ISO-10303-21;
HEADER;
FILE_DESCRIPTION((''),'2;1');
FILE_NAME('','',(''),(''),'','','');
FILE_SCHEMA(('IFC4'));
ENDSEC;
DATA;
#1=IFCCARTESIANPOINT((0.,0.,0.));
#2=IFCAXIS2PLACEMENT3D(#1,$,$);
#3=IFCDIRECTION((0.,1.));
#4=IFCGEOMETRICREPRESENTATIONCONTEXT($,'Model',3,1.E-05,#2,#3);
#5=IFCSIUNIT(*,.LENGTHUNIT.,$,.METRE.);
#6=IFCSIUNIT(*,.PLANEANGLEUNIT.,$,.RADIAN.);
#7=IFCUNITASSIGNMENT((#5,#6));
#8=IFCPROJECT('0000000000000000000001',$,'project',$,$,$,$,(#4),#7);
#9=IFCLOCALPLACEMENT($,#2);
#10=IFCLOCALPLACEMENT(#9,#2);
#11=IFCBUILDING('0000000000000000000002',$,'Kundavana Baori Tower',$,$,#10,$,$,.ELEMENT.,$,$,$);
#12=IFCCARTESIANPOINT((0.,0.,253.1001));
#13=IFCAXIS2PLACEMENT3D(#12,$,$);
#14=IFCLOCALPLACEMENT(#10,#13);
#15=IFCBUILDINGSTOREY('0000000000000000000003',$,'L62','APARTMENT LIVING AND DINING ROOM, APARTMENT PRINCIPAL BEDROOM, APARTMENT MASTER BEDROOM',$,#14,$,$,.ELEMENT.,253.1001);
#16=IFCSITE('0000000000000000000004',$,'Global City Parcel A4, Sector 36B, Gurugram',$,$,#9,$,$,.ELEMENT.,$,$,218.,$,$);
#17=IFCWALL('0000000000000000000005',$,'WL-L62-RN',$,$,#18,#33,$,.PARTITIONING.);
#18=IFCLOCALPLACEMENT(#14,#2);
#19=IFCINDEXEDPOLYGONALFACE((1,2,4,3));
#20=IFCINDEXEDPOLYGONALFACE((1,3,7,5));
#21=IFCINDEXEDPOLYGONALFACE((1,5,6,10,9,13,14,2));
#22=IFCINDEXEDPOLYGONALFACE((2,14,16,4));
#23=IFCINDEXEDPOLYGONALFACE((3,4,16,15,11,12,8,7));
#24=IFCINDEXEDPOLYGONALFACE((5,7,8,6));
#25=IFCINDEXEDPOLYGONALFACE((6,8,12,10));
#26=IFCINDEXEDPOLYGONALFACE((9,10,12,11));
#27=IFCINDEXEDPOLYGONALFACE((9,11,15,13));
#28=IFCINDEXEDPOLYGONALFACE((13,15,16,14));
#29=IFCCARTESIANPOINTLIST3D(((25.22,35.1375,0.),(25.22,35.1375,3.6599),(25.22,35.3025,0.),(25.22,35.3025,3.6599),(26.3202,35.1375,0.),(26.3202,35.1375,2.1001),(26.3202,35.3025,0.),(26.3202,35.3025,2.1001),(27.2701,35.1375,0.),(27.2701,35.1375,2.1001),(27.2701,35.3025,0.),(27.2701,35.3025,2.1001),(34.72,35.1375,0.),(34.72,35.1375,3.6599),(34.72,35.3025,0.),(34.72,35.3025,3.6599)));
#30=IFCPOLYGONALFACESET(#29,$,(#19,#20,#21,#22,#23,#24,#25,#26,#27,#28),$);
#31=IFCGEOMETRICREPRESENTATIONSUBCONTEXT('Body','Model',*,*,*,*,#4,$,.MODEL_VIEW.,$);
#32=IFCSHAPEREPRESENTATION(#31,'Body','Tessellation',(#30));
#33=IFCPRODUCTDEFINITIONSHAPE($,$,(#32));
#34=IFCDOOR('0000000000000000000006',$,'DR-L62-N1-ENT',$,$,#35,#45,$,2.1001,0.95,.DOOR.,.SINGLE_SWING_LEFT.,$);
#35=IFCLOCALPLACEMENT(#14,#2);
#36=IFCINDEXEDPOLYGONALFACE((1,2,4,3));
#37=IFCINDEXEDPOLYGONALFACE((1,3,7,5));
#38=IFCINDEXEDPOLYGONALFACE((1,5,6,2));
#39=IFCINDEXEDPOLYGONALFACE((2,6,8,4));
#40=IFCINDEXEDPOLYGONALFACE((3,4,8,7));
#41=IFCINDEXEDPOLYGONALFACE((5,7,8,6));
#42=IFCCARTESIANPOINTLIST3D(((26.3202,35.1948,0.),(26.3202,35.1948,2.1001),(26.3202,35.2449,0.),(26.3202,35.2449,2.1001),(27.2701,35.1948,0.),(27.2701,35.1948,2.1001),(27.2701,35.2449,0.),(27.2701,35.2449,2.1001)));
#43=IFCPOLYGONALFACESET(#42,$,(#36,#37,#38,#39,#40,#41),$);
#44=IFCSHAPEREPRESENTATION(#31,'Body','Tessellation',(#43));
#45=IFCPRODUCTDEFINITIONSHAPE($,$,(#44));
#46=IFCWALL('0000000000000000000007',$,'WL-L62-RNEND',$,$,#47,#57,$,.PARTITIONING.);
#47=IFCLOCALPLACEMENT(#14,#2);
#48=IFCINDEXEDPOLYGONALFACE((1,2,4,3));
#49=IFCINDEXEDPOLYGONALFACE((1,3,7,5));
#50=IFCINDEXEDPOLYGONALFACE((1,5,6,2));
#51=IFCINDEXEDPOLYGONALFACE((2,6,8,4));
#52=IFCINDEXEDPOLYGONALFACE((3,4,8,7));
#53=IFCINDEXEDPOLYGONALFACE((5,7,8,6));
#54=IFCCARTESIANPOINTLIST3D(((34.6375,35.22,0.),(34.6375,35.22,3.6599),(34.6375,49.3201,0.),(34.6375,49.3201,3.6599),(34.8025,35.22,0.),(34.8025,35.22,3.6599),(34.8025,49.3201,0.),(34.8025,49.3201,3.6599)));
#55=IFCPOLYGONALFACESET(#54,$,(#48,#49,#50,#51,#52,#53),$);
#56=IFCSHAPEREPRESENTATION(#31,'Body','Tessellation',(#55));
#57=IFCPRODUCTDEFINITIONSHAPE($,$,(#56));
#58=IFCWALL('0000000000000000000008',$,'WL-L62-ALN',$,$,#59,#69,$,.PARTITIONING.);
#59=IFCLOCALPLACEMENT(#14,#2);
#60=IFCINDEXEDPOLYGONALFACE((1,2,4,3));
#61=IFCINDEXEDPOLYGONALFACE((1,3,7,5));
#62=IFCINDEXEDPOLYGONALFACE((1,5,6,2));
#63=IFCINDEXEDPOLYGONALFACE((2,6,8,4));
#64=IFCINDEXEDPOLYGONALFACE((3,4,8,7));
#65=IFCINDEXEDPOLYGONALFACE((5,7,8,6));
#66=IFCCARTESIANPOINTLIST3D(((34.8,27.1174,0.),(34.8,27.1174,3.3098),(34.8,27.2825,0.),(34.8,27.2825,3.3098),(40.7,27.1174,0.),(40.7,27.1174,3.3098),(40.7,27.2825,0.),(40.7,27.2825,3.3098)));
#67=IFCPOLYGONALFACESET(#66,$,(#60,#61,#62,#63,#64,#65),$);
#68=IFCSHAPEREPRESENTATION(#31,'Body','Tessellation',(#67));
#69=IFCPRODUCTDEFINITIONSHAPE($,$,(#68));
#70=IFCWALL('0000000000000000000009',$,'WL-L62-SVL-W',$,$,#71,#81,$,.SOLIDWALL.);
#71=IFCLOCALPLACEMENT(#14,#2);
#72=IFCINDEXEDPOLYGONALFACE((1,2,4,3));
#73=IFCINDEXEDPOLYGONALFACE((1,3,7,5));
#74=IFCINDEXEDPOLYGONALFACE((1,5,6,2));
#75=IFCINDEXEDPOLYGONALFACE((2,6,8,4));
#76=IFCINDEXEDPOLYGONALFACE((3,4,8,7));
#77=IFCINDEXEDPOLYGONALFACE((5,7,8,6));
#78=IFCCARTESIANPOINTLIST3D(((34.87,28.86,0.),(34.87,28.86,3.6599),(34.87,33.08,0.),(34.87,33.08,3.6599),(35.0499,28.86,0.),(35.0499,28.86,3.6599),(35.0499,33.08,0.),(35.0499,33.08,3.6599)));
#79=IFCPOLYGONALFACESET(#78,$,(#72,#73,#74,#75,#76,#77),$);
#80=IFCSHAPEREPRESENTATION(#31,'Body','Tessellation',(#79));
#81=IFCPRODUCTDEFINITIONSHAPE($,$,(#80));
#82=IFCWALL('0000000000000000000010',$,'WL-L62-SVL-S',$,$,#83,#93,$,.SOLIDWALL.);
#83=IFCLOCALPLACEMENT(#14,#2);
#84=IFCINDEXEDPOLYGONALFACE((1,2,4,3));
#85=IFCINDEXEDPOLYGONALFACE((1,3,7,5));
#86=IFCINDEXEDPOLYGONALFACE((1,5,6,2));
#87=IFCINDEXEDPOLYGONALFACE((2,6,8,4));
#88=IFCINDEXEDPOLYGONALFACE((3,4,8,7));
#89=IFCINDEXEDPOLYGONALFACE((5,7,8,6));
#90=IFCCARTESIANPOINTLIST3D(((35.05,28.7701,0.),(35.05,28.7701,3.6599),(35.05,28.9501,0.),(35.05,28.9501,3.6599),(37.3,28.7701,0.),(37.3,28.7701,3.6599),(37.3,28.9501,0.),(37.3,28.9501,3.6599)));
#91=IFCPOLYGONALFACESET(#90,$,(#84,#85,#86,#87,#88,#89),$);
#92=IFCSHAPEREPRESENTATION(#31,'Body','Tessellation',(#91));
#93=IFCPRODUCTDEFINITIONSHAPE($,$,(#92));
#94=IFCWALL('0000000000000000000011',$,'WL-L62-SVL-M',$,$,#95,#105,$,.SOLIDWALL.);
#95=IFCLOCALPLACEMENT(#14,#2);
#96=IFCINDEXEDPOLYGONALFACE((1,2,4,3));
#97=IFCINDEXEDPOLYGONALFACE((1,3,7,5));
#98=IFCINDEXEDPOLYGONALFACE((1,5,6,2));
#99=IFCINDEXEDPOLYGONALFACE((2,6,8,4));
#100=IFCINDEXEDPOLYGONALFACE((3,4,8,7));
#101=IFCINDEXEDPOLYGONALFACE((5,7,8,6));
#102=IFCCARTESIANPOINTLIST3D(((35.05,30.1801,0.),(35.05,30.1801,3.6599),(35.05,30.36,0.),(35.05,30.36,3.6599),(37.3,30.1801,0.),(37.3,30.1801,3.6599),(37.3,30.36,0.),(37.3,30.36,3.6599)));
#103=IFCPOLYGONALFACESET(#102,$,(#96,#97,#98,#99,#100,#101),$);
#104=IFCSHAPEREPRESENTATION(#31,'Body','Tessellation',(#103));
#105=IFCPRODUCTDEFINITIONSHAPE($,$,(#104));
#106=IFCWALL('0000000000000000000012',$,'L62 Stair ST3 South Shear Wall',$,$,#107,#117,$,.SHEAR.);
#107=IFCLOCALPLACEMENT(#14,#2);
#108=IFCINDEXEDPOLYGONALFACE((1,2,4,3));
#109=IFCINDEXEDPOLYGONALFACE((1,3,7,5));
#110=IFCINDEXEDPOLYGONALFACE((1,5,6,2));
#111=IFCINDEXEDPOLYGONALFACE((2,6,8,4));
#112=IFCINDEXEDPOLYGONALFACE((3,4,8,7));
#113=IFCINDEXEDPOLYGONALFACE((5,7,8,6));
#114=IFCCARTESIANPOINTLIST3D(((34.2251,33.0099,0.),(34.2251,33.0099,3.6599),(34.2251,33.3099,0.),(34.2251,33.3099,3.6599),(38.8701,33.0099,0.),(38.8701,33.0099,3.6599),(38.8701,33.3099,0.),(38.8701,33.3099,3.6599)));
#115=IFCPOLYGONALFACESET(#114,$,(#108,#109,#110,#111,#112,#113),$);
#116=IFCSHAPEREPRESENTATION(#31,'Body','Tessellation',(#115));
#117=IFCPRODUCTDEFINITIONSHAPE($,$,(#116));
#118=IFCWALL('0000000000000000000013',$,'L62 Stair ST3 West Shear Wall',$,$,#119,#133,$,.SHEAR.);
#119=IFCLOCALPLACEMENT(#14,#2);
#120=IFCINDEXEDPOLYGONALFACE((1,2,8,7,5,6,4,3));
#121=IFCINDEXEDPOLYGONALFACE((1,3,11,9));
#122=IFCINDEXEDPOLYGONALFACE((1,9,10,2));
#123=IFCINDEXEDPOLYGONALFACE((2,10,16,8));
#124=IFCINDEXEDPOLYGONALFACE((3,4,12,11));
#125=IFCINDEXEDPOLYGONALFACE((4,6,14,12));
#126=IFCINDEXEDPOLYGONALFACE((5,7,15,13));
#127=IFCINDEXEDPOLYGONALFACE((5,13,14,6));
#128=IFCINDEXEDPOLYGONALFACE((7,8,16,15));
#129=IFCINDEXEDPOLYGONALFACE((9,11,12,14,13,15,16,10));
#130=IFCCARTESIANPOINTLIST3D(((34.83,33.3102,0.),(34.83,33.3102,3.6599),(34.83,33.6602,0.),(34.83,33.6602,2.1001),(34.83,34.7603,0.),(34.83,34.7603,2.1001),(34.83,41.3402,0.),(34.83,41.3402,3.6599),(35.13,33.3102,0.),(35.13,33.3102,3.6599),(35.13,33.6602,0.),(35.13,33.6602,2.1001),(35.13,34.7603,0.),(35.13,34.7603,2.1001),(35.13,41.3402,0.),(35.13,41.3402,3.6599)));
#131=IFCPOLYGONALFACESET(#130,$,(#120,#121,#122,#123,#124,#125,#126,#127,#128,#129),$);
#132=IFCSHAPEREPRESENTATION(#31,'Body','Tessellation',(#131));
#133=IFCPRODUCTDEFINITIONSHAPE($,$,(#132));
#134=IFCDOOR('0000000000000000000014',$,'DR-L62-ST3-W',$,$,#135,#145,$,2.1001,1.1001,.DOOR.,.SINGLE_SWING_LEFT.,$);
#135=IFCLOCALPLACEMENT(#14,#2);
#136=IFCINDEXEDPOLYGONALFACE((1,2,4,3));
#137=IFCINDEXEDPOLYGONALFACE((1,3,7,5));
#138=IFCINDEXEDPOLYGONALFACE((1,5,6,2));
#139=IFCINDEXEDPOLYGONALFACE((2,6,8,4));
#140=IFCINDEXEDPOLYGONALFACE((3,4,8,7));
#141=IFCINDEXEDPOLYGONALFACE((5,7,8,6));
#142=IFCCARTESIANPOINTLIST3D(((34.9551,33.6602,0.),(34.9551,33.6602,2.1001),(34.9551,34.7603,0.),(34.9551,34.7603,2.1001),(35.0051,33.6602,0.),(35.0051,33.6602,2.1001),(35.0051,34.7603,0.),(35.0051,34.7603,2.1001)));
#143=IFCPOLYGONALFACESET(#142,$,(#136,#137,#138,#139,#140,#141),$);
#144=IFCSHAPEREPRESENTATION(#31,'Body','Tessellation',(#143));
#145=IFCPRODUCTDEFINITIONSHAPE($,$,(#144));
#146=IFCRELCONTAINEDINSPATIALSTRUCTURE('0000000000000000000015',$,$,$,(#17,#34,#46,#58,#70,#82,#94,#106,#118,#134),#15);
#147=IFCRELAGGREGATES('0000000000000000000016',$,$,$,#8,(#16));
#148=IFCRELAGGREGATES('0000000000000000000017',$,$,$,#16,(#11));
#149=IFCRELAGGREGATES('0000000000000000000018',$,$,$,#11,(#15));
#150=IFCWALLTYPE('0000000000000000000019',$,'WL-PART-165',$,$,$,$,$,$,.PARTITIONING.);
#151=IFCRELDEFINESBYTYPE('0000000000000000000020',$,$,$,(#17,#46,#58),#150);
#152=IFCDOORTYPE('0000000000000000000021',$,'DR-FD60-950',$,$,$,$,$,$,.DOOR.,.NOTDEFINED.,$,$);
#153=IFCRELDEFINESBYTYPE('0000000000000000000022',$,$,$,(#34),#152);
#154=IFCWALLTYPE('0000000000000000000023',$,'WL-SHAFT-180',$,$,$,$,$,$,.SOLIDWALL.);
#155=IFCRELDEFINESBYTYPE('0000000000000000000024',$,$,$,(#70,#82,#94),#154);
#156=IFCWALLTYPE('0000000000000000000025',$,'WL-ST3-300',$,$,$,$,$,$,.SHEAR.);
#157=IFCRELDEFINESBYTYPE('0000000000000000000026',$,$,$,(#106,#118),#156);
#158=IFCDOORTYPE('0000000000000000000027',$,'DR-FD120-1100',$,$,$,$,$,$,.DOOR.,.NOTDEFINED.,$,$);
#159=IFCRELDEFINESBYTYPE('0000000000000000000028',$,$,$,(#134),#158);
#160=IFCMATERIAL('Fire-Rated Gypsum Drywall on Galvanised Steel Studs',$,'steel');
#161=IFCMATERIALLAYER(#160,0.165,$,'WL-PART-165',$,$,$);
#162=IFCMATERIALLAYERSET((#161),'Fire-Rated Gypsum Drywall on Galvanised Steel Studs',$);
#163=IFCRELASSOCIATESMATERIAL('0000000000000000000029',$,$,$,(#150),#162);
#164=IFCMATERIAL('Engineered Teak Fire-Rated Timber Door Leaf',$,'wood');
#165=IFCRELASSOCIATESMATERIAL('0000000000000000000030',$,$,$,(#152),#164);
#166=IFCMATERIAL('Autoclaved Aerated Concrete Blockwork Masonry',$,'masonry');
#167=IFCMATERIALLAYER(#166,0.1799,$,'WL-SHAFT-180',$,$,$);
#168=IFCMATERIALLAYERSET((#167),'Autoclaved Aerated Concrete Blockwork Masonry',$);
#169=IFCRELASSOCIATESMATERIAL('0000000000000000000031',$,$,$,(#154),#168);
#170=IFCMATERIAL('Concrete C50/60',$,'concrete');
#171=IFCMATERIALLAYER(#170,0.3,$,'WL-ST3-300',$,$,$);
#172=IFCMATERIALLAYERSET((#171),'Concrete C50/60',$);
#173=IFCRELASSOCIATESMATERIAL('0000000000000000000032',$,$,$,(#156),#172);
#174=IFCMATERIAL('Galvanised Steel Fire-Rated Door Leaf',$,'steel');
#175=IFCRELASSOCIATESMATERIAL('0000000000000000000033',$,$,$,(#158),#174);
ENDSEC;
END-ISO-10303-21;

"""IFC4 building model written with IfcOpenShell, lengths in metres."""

from ifc_helpers import new_model, si_unit, direction, frame, frame_2d, origin, place, context, subcontext, project, spatial, rectangle, extrude, material, layer, layer_set, type_object, element, fill, save


model = new_model("IFC4")

# Units and contexts
model_context = context("Model", 3, precision=1e-05, world=origin(), true_north=direction((0.0, 1.0)))
body_context = subcontext(model_context, "Body", "Model", "MODEL_VIEW")
ifc_project = project(units=[si_unit("LENGTHUNIT", "METRE"), si_unit("PLANEANGLEUNIT", "RADIAN")], contexts=[model_context])

# Site, building, storey
site_placement = place(None, origin())
site = spatial("IfcSite", under=ifc_project, at=site_placement, Name="Global City Parcel A4, Sector 36B, Gurugram", CompositionType="ELEMENT", RefElevation=218.0)
building_placement = place(site_placement, origin())
building = spatial("IfcBuilding", under=site, at=building_placement, Name="Kundavana Baori Tower", CompositionType="ELEMENT")
storey_placement = place(building_placement, frame((0.0, 0.0, 253.1001)))
storey = spatial("IfcBuildingStorey", under=building, at=storey_placement, Name="L62", Description="APARTMENT LIVING AND DINING ROOM, APARTMENT PRINCIPAL BEDROOM, APARTMENT MASTER BEDROOM", CompositionType="ELEMENT", Elevation=253.1001)

# Wall, opening, door
ifc_material_1 = material(Name="Fire-Rated Gypsum Drywall on Galvanised Steel Studs", Category="steel")
ifc_layer_1 = layer(ifc_material_1, 0.165, Name="WL-PART-165")
ifc_layer_set_1 = layer_set([ifc_layer_1], Name="Fire-Rated Gypsum Drywall on Galvanised Steel Studs")
wall_type_1 = type_object("IfcWallType", Name="WL-PART-165", PredefinedType="PARTITIONING", material=ifc_layer_set_1)
wall_1_placement = place(storey_placement, frame((25.22, 35.22, 0.0), z_axis=(0.0, 0.0, 1.0), x_axis=(1.0, 0.0, 0.0)))
wall_1 = element("IfcWall", 1, at=wall_1_placement, inside=storey, type_object=wall_type_1, Name="WL-L62-RN", PredefinedType="PARTITIONING", context=body_context, shape_type="SweptSolid", body=[
    extrude(rectangle(XDim=9.5, YDim=0.165, at=frame_2d((4.75, 0.0))), origin(), (0.0, 0.0, 1.0), 3.6599),
])
opening_1_placement = place(wall_1_placement, frame((1.1001, 0.0, 0.0)))
opening_1 = element("IfcOpeningElement", 2, at=opening_1_placement, cuts=wall_1, PredefinedType="OPENING", context=body_context, shape_type="SweptSolid", body=[
    extrude(rectangle(XDim=0.95, YDim=2.1001, at=frame_2d((0.4751, 1.05))), frame((0.0, 0.0925, 0.0), z_axis=(0.0, -1.0, 0.0), x_axis=(1.0, 0.0, 0.0)), (0.0, 0.0, 1.0), 0.1851),
])
ifc_material_2 = material(Name="Engineered Teak Fire-Rated Timber Door Leaf", Category="wood")
door_type_1 = type_object("IfcDoorType", Name="DR-FD60-950", OperationType="NOTDEFINED", PredefinedType="DOOR", material=ifc_material_2)
door_1_placement = place(opening_1_placement, origin())
door_1 = element("IfcDoor", 3, at=door_1_placement, inside=storey, type_object=door_type_1, Name="DR-L62-N1-ENT", OperationType="SINGLE_SWING_LEFT", OverallHeight=2.1001, OverallWidth=0.95, PredefinedType="DOOR", context=body_context, shape_type="SweptSolid", body=[
    extrude(rectangle(XDim=0.95, YDim=2.1001, at=frame_2d((0.4751, 1.05))), frame((0.0, 0.0249, 0.0), z_axis=(0.0, -1.0, 0.0), x_axis=(1.0, 0.0, 0.0)), (0.0, 0.0, 1.0), 0.05),
])
fill(opening_1, door_1)

# Walls
wall_2_placement = place(storey_placement, frame((34.72, 35.22, 0.0), z_axis=(0.0, 0.0, 1.0), x_axis=(0.0, 1.0, 0.0)))
element("IfcWall", 4, at=wall_2_placement, inside=storey, type_object=wall_type_1, Name="WL-L62-RNEND", PredefinedType="PARTITIONING", context=body_context, shape_type="SweptSolid", body=[
    extrude(rectangle(XDim=14.1001, YDim=0.165, at=frame_2d((7.05, 0.0))), origin(), (0.0, 0.0, 1.0), 3.6599),
])
wall_3_placement = place(storey_placement, frame((34.8, 27.2, 0.0), z_axis=(0.0, 0.0, 1.0), x_axis=(1.0, 0.0, 0.0)))
element("IfcWall", 5, at=wall_3_placement, inside=storey, type_object=wall_type_1, Name="WL-L62-ALN", PredefinedType="PARTITIONING", context=body_context, shape_type="SweptSolid", body=[
    extrude(rectangle(XDim=5.8999, YDim=0.165, at=frame_2d((2.95, 0.0))), origin(), (0.0, 0.0, 1.0), 3.3098),
])
ifc_material_3 = material(Name="Autoclaved Aerated Concrete Blockwork Masonry", Category="masonry")
ifc_layer_2 = layer(ifc_material_3, 0.1799, Name="WL-SHAFT-180")
ifc_layer_set_2 = layer_set([ifc_layer_2], Name="Autoclaved Aerated Concrete Blockwork Masonry")
wall_type_2 = type_object("IfcWallType", Name="WL-SHAFT-180", PredefinedType="SOLIDWALL", material=ifc_layer_set_2)
wall_4_placement = place(storey_placement, frame((34.96, 28.8601, 0.0), z_axis=(0.0, 0.0, 1.0), x_axis=(0.0, 1.0, 0.0)))
element("IfcWall", 6, at=wall_4_placement, inside=storey, type_object=wall_type_2, Name="WL-L62-SVL-W", PredefinedType="SOLIDWALL", context=body_context, shape_type="SweptSolid", body=[
    extrude(rectangle(XDim=4.22, YDim=0.1799, at=frame_2d((2.1099, 0.0))), origin(), (0.0, 0.0, 1.0), 3.6599),
])
for number, where, z_axis, x_axis, name in (
    (7, (35.05, 28.8601, 0.0), (0.0, 0.0, 1.0), (1.0, 0.0, 0.0), "WL-L62-SVL-S"),
    (8, (35.05, 30.27, 0.0), (0.0, 0.0, 1.0), (1.0, 0.0, 0.0), "WL-L62-SVL-M"),
):
    element("IfcWall", number, at=place(storey_placement, frame(where, z_axis=z_axis, x_axis=x_axis)), inside=storey, type_object=wall_type_2, Name=name, PredefinedType="SOLIDWALL", context=body_context, shape_type="SweptSolid", body=[
        extrude(rectangle(XDim=2.25, YDim=0.1799, at=frame_2d((1.125, 0.0))), origin(), (0.0, 0.0, 1.0), 3.6599),
    ])
ifc_material_4 = material(Name="Concrete C50/60", Category="concrete")
ifc_layer_3 = layer(ifc_material_4, 0.3, Name="WL-ST3-300")
ifc_layer_set_3 = layer_set([ifc_layer_3], Name="Concrete C50/60")
wall_type_3 = type_object("IfcWallType", Name="WL-ST3-300", PredefinedType="SHEAR", material=ifc_layer_set_3)
wall_5_placement = place(storey_placement, frame((34.2251, 33.1599, 0.0), z_axis=(0.0, 0.0, 1.0), x_axis=(1.0, 0.0, 0.0)))
element("IfcWall", 9, at=wall_5_placement, inside=storey, type_object=wall_type_3, Name="L62 Stair ST3 South Shear Wall", PredefinedType="SHEAR", context=body_context, shape_type="SweptSolid", body=[
    extrude(rectangle(XDim=4.645, YDim=0.3, at=frame_2d((2.3225, 0.0))), origin(), (0.0, 0.0, 1.0), 3.6599),
])

# Wall, opening, door
wall_6_placement = place(storey_placement, frame((34.98, 33.3101, 0.0), z_axis=(0.0, 0.0, 1.0), x_axis=(0.0, 1.0, 0.0)))
wall_6 = element("IfcWall", 10, at=wall_6_placement, inside=storey, type_object=wall_type_3, Name="L62 Stair ST3 West Shear Wall", PredefinedType="SHEAR", context=body_context, shape_type="SweptSolid", body=[
    extrude(rectangle(XDim=8.03, YDim=0.3, at=frame_2d((4.0151, 0.0))), origin(), (0.0, 0.0, 1.0), 3.6599),
])
opening_2_placement = place(wall_6_placement, frame((0.3501, 0.0, 0.0)))
opening_2 = element("IfcOpeningElement", 11, at=opening_2_placement, cuts=wall_6, PredefinedType="OPENING", context=body_context, shape_type="SweptSolid", body=[
    extrude(rectangle(XDim=1.1001, YDim=2.1001, at=frame_2d((0.55, 1.05))), frame((0.0, 0.1602, 0.0), z_axis=(0.0, -1.0, 0.0), x_axis=(1.0, 0.0, 0.0)), (0.0, 0.0, 1.0), 0.3201),
])
ifc_material_5 = material(Name="Galvanised Steel Fire-Rated Door Leaf", Category="steel")
door_type_2 = type_object("IfcDoorType", Name="DR-FD120-1100", OperationType="NOTDEFINED", PredefinedType="DOOR", material=ifc_material_5)
door_2_placement = place(opening_2_placement, origin())
door_2 = element("IfcDoor", 12, at=door_2_placement, inside=storey, type_object=door_type_2, Name="DR-L62-ST3-W", OperationType="SINGLE_SWING_LEFT", OverallHeight=2.1001, OverallWidth=1.1001, PredefinedType="DOOR", context=body_context, shape_type="SweptSolid", body=[
    extrude(rectangle(XDim=1.1001, YDim=2.1001, at=frame_2d((0.55, 1.05))), frame((0.0, 0.0249, 0.0), z_axis=(0.0, -1.0, 0.0), x_axis=(1.0, 0.0, 0.0)), (0.0, 0.0, 1.0), 0.05),
])
fill(opening_2, door_2)

save(model, "model.ifc")
